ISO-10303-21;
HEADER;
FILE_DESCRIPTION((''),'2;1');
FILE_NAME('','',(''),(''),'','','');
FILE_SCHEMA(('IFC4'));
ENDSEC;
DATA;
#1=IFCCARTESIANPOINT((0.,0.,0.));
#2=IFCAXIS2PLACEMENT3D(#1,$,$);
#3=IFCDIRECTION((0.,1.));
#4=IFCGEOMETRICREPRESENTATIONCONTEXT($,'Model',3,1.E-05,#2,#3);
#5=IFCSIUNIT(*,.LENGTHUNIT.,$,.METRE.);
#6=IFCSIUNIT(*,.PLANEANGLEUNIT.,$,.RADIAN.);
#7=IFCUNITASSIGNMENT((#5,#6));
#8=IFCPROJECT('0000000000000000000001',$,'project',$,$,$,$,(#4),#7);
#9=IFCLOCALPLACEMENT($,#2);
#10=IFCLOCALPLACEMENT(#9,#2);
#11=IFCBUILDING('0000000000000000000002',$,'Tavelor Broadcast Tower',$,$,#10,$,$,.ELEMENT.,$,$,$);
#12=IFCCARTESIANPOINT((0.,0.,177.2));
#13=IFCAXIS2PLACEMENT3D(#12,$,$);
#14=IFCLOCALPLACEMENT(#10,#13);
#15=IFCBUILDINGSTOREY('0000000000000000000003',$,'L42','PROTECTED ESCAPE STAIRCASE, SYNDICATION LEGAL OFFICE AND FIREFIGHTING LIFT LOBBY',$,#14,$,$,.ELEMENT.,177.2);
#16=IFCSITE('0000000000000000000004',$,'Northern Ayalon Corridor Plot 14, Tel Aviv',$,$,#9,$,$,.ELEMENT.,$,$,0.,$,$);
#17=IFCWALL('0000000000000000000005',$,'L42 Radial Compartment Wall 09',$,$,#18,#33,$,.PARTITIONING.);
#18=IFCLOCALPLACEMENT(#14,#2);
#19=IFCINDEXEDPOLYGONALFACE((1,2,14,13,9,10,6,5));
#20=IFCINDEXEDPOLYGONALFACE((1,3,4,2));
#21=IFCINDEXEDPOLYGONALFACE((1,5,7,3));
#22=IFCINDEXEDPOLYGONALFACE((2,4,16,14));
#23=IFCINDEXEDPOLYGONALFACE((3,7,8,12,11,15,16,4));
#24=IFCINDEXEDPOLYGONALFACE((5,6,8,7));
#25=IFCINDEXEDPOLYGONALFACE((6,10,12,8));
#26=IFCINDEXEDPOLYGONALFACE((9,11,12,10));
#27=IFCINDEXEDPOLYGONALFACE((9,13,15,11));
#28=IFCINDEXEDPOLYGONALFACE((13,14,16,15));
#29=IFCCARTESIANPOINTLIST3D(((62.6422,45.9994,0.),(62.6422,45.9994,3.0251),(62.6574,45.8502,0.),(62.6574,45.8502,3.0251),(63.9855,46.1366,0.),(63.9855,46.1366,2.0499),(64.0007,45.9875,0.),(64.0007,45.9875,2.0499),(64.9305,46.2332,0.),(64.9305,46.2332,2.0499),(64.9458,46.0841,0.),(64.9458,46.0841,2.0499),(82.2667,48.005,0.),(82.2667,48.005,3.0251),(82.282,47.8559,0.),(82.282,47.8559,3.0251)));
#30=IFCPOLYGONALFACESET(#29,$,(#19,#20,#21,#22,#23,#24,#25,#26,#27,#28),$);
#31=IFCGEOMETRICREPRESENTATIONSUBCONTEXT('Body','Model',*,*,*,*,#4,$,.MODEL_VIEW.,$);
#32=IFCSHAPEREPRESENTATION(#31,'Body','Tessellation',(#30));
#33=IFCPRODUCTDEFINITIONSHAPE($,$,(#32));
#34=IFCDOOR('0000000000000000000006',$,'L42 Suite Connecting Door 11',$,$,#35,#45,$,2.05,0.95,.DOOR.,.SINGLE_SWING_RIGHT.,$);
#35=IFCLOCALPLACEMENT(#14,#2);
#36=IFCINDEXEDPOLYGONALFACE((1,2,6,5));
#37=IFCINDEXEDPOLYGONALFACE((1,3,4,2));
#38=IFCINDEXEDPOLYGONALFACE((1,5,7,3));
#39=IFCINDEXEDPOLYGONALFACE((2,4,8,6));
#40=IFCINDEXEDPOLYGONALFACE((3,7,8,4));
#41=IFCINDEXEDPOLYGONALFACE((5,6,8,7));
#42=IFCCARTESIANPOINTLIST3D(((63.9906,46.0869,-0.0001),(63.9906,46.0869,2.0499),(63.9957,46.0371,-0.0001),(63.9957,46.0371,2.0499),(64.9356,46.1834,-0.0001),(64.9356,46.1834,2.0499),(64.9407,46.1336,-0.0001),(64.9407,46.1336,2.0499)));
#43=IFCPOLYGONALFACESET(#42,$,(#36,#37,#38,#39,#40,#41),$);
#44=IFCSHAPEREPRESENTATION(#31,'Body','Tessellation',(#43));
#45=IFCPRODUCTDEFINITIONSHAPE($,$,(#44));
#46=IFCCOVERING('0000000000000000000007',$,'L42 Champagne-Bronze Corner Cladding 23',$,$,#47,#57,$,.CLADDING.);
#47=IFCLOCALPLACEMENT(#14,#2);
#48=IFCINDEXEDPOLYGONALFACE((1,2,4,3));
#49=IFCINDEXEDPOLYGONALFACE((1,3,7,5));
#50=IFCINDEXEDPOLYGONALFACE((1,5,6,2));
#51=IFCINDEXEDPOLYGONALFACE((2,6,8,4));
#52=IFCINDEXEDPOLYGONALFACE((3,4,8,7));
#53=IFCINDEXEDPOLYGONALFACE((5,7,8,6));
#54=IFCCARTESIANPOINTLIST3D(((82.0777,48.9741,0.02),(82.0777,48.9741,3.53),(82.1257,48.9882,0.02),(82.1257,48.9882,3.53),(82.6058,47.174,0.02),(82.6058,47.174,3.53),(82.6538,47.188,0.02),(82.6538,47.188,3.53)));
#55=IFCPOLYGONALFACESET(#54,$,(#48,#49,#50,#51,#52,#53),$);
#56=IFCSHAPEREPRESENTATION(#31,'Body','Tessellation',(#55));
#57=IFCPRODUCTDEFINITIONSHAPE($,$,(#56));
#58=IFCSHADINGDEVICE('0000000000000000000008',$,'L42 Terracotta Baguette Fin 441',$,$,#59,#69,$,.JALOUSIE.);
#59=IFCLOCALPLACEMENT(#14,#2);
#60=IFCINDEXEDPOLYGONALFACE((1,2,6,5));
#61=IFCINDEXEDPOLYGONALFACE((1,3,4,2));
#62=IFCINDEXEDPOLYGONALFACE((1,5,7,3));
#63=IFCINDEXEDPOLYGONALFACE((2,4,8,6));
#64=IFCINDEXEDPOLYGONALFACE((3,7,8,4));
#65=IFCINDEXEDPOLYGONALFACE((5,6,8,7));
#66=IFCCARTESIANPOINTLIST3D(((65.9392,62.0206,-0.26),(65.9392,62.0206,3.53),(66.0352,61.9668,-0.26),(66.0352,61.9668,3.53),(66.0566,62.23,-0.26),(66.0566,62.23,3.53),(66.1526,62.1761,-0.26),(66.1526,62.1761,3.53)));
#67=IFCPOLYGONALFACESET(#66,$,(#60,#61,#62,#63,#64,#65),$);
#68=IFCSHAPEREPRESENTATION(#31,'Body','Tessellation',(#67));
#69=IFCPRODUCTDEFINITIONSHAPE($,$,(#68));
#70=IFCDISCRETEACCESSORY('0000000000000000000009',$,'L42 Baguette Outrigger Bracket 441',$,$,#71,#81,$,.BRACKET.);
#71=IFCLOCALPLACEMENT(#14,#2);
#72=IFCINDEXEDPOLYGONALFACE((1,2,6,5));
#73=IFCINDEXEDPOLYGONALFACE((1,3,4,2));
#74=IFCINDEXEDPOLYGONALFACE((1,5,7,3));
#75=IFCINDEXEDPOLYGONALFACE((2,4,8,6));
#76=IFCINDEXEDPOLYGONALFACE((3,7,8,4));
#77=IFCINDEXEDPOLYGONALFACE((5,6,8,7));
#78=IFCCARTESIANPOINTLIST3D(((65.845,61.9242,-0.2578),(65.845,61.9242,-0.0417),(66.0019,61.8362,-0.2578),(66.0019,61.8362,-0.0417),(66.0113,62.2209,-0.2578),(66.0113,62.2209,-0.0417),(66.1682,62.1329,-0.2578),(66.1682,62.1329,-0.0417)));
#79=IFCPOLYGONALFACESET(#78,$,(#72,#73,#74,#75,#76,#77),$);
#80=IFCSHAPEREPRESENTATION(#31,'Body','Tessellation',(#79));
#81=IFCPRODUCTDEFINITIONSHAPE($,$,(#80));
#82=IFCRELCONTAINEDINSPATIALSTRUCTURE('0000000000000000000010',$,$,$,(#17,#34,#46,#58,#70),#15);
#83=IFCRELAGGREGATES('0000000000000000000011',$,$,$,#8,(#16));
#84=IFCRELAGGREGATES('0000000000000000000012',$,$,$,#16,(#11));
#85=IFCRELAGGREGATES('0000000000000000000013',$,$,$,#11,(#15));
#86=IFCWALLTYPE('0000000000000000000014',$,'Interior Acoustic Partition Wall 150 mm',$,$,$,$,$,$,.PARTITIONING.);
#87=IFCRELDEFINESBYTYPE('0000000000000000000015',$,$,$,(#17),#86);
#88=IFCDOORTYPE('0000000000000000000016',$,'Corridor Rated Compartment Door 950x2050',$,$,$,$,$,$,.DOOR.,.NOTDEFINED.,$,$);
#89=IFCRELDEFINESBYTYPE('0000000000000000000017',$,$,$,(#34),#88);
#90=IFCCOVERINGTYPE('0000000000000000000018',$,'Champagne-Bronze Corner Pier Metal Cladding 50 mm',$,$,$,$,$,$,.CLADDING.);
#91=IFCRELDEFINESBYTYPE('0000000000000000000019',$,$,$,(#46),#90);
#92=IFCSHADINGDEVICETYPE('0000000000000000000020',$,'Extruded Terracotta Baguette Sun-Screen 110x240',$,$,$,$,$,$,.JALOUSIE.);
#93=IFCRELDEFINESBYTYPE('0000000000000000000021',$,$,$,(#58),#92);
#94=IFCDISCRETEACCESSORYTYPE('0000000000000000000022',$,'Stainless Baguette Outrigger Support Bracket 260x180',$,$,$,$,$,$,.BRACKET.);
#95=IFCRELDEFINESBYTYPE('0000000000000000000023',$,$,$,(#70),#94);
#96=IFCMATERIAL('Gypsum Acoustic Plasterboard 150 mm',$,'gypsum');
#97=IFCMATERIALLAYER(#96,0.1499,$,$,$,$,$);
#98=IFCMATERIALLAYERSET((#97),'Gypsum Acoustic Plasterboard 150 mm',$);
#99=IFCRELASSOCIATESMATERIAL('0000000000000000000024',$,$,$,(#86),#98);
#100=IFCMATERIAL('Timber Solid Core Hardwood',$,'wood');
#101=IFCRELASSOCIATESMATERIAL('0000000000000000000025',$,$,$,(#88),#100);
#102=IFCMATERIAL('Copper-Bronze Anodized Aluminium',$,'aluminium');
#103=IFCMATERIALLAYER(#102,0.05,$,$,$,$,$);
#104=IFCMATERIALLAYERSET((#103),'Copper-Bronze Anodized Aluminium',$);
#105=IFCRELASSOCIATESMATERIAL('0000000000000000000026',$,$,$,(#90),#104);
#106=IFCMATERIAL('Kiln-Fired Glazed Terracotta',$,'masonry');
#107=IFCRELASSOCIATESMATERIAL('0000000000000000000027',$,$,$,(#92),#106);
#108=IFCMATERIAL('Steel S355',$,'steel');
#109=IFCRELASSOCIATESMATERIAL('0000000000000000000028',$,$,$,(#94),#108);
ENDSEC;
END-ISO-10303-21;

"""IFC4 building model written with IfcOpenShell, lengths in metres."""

from ifc_helpers import new_model, si_unit, direction, frame, frame_2d, origin, origin_2d, place, context, subcontext, project, spatial, rectangle, extrude, source, transform, mapped, material, layer, layer_set, type_object, type_shapes, element, fill, save


model = new_model("IFC4")

# Units and contexts
model_context = context("Model", 3, precision=1e-05, world=origin(), true_north=direction((0.0, 1.0)))
body_context = subcontext(model_context, "Body", "Model", "MODEL_VIEW")
ifc_project = project(units=[si_unit("LENGTHUNIT", "METRE"), si_unit("PLANEANGLEUNIT", "RADIAN")], contexts=[model_context])

# Site, building, storey
site_placement = place(None, origin())
site = spatial("IfcSite", under=ifc_project, at=site_placement, Name="Northern Ayalon Corridor Plot 14, Tel Aviv", CompositionType="ELEMENT", RefElevation=0.0)
building_placement = place(site_placement, origin())
building = spatial("IfcBuilding", under=site, at=building_placement, Name="Tavelor Broadcast Tower", CompositionType="ELEMENT")
storey_placement = place(building_placement, frame((0.0, 0.0, 177.2)))
storey = spatial("IfcBuildingStorey", under=building, at=storey_placement, Name="L42", Description="PROTECTED ESCAPE STAIRCASE, SYNDICATION LEGAL OFFICE AND FIREFIGHTING LIFT LOBBY", CompositionType="ELEMENT", Elevation=177.2)

# Shared definitions
ifc_material_1 = material(Name="Steel S355", Category="steel")

# Wall, opening, door
ifc_material_2 = material(Name="Gypsum Acoustic Plasterboard 150 mm", Category="gypsum")
ifc_layer_1 = layer(ifc_material_2, 0.1499)
ifc_layer_set_1 = layer_set([ifc_layer_1], Name="Gypsum Acoustic Plasterboard 150 mm")
wall_type_1 = type_object("IfcWallType", Name="Interior Acoustic Partition Wall 150 mm", PredefinedType="PARTITIONING", material=ifc_layer_set_1)
wall_1_placement = place(storey_placement, frame((62.6499, 45.9248, 0.0), z_axis=(0.0, 0.0, 1.0), x_axis=(0.994818, 0.10167, 0.0)))
wall_1 = element("IfcWall", 1, at=wall_1_placement, inside=storey, type_object=wall_type_1, Name="L42 Radial Compartment Wall 09", PredefinedType="PARTITIONING", context=body_context, shape_type="SweptSolid", body=[
    extrude(rectangle(XDim=19.7268, YDim=0.1499, at=frame_2d((9.8633, 0.0))), origin(), (0.0, 0.0, 1.0), 3.0251),
])
opening_placement = place(wall_1_placement, frame((1.3501, 0.0, 0.0)))
opening = element("IfcOpeningElement", 2, at=opening_placement, cuts=wall_1, PredefinedType="OPENING", context=body_context, shape_type="SweptSolid", body=[
    extrude(rectangle(XDim=0.95, YDim=2.05, at=frame_2d((0.4751, 1.0249))), frame((0.0, 0.085, 0.0), z_axis=(0.0, -1.0, 0.0), x_axis=(1.0, 0.0, 0.0)), (0.0, 0.0, 1.0), 0.1699),
])
ifc_material_3 = material(Name="Timber Solid Core Hardwood", Category="wood")
door_type = type_object("IfcDoorType", Name="Corridor Rated Compartment Door 950x2050", OperationType="NOTDEFINED", PredefinedType="DOOR", material=ifc_material_3)
door_placement = place(opening_placement, origin())
door = element("IfcDoor", 3, at=door_placement, inside=storey, type_object=door_type, Name="L42 Suite Connecting Door 11", OperationType="SINGLE_SWING_RIGHT", OverallHeight=2.05, OverallWidth=0.95, PredefinedType="DOOR", context=body_context, shape_type="SweptSolid", body=[
    extrude(rectangle(XDim=0.95, YDim=2.05, at=frame_2d((0.4751, 1.0249))), frame((0.0, 0.0249, 0.0), z_axis=(0.0, -1.0, 0.0), x_axis=(1.0, 0.0, 0.0)), (0.0, 0.0, 1.0), 0.05),
])
fill(opening, door)

# Covering
ifc_material_4 = material(Name="Copper-Bronze Anodized Aluminium", Category="aluminium")
ifc_layer_2 = layer(ifc_material_4, 0.05)
ifc_layer_set_2 = layer_set([ifc_layer_2], Name="Copper-Bronze Anodized Aluminium")
covering_type = type_object("IfcCoveringType", Name="Champagne-Bronze Corner Pier Metal Cladding 50 mm", PredefinedType="CLADDING", material=ifc_layer_set_2)
covering_placement = place(storey_placement, frame((82.3657, 48.0811, 0.02), z_axis=(0.0, 0.0, 1.0), x_axis=(-0.281504, 0.95956, 0.0)))
element("IfcCovering", 4, at=covering_placement, inside=storey, type_object=covering_type, Name="L42 Champagne-Bronze Corner Cladding 23", PredefinedType="CLADDING", context=body_context, shape_type="SweptSolid", body=[
    extrude(rectangle(XDim=1.876, YDim=0.05, at=origin_2d()), origin(), (0.0, 0.0, 1.0), 3.51),
])

# Shading device
ifc_material_5 = material(Name="Kiln-Fired Glazed Terracotta", Category="masonry")
shading_device_type = type_object("IfcShadingDeviceType", Name="Extruded Terracotta Baguette Sun-Screen 110x240", PredefinedType="JALOUSIE", material=ifc_material_5)
shared_shape_1 = source(origin(), body_context, "Body", "SweptSolid", [
    extrude(rectangle(XDim=0.1101, YDim=0.24, at=origin_2d()), origin(), (0.0, 0.0, 1.0), 3.79),
])
type_shapes(shading_device_type, [shared_shape_1])
shading_device_placement = place(storey_placement, frame((66.0459, 62.0984, -0.26), z_axis=(0.0, 0.0, 1.0), x_axis=(-0.87224, 0.489078, 0.0)))
element("IfcShadingDevice", 5, at=shading_device_placement, inside=storey, type_object=shading_device_type, Name="L42 Terracotta Baguette Fin 441", PredefinedType="JALOUSIE", context=body_context, shape_type="MappedRepresentation", body=[
    mapped(shared_shape_1, transform((0.0, 0.0, 0.0), scale=1.0)),
])

# Discrete accessory
discrete_accessory_type = type_object("IfcDiscreteAccessoryType", Name="Stainless Baguette Outrigger Support Bracket 260x180", PredefinedType="BRACKET", material=ifc_material_1)
shared_shape_2 = source(origin(), body_context, "Body", "SweptSolid", [
    extrude(rectangle(XDim=0.1799, YDim=0.3401, at=origin_2d()), origin(), (0.0, 0.0, 1.0), 0.2161),
])
type_shapes(discrete_accessory_type, [shared_shape_2])
discrete_accessory_placement = place(storey_placement, frame((66.0066, 62.0286, -0.2578), z_axis=(0.0, 0.0, 1.0), x_axis=(-0.87224, 0.489078, 0.0)))
element("IfcDiscreteAccessory", 6, at=discrete_accessory_placement, inside=storey, type_object=discrete_accessory_type, Name="L42 Baguette Outrigger Bracket 441", PredefinedType="BRACKET", context=body_context, shape_type="MappedRepresentation", body=[
    mapped(shared_shape_2, transform((0.0, 0.0, 0.0), scale=1.0)),
])

save(model, "model.ifc")
